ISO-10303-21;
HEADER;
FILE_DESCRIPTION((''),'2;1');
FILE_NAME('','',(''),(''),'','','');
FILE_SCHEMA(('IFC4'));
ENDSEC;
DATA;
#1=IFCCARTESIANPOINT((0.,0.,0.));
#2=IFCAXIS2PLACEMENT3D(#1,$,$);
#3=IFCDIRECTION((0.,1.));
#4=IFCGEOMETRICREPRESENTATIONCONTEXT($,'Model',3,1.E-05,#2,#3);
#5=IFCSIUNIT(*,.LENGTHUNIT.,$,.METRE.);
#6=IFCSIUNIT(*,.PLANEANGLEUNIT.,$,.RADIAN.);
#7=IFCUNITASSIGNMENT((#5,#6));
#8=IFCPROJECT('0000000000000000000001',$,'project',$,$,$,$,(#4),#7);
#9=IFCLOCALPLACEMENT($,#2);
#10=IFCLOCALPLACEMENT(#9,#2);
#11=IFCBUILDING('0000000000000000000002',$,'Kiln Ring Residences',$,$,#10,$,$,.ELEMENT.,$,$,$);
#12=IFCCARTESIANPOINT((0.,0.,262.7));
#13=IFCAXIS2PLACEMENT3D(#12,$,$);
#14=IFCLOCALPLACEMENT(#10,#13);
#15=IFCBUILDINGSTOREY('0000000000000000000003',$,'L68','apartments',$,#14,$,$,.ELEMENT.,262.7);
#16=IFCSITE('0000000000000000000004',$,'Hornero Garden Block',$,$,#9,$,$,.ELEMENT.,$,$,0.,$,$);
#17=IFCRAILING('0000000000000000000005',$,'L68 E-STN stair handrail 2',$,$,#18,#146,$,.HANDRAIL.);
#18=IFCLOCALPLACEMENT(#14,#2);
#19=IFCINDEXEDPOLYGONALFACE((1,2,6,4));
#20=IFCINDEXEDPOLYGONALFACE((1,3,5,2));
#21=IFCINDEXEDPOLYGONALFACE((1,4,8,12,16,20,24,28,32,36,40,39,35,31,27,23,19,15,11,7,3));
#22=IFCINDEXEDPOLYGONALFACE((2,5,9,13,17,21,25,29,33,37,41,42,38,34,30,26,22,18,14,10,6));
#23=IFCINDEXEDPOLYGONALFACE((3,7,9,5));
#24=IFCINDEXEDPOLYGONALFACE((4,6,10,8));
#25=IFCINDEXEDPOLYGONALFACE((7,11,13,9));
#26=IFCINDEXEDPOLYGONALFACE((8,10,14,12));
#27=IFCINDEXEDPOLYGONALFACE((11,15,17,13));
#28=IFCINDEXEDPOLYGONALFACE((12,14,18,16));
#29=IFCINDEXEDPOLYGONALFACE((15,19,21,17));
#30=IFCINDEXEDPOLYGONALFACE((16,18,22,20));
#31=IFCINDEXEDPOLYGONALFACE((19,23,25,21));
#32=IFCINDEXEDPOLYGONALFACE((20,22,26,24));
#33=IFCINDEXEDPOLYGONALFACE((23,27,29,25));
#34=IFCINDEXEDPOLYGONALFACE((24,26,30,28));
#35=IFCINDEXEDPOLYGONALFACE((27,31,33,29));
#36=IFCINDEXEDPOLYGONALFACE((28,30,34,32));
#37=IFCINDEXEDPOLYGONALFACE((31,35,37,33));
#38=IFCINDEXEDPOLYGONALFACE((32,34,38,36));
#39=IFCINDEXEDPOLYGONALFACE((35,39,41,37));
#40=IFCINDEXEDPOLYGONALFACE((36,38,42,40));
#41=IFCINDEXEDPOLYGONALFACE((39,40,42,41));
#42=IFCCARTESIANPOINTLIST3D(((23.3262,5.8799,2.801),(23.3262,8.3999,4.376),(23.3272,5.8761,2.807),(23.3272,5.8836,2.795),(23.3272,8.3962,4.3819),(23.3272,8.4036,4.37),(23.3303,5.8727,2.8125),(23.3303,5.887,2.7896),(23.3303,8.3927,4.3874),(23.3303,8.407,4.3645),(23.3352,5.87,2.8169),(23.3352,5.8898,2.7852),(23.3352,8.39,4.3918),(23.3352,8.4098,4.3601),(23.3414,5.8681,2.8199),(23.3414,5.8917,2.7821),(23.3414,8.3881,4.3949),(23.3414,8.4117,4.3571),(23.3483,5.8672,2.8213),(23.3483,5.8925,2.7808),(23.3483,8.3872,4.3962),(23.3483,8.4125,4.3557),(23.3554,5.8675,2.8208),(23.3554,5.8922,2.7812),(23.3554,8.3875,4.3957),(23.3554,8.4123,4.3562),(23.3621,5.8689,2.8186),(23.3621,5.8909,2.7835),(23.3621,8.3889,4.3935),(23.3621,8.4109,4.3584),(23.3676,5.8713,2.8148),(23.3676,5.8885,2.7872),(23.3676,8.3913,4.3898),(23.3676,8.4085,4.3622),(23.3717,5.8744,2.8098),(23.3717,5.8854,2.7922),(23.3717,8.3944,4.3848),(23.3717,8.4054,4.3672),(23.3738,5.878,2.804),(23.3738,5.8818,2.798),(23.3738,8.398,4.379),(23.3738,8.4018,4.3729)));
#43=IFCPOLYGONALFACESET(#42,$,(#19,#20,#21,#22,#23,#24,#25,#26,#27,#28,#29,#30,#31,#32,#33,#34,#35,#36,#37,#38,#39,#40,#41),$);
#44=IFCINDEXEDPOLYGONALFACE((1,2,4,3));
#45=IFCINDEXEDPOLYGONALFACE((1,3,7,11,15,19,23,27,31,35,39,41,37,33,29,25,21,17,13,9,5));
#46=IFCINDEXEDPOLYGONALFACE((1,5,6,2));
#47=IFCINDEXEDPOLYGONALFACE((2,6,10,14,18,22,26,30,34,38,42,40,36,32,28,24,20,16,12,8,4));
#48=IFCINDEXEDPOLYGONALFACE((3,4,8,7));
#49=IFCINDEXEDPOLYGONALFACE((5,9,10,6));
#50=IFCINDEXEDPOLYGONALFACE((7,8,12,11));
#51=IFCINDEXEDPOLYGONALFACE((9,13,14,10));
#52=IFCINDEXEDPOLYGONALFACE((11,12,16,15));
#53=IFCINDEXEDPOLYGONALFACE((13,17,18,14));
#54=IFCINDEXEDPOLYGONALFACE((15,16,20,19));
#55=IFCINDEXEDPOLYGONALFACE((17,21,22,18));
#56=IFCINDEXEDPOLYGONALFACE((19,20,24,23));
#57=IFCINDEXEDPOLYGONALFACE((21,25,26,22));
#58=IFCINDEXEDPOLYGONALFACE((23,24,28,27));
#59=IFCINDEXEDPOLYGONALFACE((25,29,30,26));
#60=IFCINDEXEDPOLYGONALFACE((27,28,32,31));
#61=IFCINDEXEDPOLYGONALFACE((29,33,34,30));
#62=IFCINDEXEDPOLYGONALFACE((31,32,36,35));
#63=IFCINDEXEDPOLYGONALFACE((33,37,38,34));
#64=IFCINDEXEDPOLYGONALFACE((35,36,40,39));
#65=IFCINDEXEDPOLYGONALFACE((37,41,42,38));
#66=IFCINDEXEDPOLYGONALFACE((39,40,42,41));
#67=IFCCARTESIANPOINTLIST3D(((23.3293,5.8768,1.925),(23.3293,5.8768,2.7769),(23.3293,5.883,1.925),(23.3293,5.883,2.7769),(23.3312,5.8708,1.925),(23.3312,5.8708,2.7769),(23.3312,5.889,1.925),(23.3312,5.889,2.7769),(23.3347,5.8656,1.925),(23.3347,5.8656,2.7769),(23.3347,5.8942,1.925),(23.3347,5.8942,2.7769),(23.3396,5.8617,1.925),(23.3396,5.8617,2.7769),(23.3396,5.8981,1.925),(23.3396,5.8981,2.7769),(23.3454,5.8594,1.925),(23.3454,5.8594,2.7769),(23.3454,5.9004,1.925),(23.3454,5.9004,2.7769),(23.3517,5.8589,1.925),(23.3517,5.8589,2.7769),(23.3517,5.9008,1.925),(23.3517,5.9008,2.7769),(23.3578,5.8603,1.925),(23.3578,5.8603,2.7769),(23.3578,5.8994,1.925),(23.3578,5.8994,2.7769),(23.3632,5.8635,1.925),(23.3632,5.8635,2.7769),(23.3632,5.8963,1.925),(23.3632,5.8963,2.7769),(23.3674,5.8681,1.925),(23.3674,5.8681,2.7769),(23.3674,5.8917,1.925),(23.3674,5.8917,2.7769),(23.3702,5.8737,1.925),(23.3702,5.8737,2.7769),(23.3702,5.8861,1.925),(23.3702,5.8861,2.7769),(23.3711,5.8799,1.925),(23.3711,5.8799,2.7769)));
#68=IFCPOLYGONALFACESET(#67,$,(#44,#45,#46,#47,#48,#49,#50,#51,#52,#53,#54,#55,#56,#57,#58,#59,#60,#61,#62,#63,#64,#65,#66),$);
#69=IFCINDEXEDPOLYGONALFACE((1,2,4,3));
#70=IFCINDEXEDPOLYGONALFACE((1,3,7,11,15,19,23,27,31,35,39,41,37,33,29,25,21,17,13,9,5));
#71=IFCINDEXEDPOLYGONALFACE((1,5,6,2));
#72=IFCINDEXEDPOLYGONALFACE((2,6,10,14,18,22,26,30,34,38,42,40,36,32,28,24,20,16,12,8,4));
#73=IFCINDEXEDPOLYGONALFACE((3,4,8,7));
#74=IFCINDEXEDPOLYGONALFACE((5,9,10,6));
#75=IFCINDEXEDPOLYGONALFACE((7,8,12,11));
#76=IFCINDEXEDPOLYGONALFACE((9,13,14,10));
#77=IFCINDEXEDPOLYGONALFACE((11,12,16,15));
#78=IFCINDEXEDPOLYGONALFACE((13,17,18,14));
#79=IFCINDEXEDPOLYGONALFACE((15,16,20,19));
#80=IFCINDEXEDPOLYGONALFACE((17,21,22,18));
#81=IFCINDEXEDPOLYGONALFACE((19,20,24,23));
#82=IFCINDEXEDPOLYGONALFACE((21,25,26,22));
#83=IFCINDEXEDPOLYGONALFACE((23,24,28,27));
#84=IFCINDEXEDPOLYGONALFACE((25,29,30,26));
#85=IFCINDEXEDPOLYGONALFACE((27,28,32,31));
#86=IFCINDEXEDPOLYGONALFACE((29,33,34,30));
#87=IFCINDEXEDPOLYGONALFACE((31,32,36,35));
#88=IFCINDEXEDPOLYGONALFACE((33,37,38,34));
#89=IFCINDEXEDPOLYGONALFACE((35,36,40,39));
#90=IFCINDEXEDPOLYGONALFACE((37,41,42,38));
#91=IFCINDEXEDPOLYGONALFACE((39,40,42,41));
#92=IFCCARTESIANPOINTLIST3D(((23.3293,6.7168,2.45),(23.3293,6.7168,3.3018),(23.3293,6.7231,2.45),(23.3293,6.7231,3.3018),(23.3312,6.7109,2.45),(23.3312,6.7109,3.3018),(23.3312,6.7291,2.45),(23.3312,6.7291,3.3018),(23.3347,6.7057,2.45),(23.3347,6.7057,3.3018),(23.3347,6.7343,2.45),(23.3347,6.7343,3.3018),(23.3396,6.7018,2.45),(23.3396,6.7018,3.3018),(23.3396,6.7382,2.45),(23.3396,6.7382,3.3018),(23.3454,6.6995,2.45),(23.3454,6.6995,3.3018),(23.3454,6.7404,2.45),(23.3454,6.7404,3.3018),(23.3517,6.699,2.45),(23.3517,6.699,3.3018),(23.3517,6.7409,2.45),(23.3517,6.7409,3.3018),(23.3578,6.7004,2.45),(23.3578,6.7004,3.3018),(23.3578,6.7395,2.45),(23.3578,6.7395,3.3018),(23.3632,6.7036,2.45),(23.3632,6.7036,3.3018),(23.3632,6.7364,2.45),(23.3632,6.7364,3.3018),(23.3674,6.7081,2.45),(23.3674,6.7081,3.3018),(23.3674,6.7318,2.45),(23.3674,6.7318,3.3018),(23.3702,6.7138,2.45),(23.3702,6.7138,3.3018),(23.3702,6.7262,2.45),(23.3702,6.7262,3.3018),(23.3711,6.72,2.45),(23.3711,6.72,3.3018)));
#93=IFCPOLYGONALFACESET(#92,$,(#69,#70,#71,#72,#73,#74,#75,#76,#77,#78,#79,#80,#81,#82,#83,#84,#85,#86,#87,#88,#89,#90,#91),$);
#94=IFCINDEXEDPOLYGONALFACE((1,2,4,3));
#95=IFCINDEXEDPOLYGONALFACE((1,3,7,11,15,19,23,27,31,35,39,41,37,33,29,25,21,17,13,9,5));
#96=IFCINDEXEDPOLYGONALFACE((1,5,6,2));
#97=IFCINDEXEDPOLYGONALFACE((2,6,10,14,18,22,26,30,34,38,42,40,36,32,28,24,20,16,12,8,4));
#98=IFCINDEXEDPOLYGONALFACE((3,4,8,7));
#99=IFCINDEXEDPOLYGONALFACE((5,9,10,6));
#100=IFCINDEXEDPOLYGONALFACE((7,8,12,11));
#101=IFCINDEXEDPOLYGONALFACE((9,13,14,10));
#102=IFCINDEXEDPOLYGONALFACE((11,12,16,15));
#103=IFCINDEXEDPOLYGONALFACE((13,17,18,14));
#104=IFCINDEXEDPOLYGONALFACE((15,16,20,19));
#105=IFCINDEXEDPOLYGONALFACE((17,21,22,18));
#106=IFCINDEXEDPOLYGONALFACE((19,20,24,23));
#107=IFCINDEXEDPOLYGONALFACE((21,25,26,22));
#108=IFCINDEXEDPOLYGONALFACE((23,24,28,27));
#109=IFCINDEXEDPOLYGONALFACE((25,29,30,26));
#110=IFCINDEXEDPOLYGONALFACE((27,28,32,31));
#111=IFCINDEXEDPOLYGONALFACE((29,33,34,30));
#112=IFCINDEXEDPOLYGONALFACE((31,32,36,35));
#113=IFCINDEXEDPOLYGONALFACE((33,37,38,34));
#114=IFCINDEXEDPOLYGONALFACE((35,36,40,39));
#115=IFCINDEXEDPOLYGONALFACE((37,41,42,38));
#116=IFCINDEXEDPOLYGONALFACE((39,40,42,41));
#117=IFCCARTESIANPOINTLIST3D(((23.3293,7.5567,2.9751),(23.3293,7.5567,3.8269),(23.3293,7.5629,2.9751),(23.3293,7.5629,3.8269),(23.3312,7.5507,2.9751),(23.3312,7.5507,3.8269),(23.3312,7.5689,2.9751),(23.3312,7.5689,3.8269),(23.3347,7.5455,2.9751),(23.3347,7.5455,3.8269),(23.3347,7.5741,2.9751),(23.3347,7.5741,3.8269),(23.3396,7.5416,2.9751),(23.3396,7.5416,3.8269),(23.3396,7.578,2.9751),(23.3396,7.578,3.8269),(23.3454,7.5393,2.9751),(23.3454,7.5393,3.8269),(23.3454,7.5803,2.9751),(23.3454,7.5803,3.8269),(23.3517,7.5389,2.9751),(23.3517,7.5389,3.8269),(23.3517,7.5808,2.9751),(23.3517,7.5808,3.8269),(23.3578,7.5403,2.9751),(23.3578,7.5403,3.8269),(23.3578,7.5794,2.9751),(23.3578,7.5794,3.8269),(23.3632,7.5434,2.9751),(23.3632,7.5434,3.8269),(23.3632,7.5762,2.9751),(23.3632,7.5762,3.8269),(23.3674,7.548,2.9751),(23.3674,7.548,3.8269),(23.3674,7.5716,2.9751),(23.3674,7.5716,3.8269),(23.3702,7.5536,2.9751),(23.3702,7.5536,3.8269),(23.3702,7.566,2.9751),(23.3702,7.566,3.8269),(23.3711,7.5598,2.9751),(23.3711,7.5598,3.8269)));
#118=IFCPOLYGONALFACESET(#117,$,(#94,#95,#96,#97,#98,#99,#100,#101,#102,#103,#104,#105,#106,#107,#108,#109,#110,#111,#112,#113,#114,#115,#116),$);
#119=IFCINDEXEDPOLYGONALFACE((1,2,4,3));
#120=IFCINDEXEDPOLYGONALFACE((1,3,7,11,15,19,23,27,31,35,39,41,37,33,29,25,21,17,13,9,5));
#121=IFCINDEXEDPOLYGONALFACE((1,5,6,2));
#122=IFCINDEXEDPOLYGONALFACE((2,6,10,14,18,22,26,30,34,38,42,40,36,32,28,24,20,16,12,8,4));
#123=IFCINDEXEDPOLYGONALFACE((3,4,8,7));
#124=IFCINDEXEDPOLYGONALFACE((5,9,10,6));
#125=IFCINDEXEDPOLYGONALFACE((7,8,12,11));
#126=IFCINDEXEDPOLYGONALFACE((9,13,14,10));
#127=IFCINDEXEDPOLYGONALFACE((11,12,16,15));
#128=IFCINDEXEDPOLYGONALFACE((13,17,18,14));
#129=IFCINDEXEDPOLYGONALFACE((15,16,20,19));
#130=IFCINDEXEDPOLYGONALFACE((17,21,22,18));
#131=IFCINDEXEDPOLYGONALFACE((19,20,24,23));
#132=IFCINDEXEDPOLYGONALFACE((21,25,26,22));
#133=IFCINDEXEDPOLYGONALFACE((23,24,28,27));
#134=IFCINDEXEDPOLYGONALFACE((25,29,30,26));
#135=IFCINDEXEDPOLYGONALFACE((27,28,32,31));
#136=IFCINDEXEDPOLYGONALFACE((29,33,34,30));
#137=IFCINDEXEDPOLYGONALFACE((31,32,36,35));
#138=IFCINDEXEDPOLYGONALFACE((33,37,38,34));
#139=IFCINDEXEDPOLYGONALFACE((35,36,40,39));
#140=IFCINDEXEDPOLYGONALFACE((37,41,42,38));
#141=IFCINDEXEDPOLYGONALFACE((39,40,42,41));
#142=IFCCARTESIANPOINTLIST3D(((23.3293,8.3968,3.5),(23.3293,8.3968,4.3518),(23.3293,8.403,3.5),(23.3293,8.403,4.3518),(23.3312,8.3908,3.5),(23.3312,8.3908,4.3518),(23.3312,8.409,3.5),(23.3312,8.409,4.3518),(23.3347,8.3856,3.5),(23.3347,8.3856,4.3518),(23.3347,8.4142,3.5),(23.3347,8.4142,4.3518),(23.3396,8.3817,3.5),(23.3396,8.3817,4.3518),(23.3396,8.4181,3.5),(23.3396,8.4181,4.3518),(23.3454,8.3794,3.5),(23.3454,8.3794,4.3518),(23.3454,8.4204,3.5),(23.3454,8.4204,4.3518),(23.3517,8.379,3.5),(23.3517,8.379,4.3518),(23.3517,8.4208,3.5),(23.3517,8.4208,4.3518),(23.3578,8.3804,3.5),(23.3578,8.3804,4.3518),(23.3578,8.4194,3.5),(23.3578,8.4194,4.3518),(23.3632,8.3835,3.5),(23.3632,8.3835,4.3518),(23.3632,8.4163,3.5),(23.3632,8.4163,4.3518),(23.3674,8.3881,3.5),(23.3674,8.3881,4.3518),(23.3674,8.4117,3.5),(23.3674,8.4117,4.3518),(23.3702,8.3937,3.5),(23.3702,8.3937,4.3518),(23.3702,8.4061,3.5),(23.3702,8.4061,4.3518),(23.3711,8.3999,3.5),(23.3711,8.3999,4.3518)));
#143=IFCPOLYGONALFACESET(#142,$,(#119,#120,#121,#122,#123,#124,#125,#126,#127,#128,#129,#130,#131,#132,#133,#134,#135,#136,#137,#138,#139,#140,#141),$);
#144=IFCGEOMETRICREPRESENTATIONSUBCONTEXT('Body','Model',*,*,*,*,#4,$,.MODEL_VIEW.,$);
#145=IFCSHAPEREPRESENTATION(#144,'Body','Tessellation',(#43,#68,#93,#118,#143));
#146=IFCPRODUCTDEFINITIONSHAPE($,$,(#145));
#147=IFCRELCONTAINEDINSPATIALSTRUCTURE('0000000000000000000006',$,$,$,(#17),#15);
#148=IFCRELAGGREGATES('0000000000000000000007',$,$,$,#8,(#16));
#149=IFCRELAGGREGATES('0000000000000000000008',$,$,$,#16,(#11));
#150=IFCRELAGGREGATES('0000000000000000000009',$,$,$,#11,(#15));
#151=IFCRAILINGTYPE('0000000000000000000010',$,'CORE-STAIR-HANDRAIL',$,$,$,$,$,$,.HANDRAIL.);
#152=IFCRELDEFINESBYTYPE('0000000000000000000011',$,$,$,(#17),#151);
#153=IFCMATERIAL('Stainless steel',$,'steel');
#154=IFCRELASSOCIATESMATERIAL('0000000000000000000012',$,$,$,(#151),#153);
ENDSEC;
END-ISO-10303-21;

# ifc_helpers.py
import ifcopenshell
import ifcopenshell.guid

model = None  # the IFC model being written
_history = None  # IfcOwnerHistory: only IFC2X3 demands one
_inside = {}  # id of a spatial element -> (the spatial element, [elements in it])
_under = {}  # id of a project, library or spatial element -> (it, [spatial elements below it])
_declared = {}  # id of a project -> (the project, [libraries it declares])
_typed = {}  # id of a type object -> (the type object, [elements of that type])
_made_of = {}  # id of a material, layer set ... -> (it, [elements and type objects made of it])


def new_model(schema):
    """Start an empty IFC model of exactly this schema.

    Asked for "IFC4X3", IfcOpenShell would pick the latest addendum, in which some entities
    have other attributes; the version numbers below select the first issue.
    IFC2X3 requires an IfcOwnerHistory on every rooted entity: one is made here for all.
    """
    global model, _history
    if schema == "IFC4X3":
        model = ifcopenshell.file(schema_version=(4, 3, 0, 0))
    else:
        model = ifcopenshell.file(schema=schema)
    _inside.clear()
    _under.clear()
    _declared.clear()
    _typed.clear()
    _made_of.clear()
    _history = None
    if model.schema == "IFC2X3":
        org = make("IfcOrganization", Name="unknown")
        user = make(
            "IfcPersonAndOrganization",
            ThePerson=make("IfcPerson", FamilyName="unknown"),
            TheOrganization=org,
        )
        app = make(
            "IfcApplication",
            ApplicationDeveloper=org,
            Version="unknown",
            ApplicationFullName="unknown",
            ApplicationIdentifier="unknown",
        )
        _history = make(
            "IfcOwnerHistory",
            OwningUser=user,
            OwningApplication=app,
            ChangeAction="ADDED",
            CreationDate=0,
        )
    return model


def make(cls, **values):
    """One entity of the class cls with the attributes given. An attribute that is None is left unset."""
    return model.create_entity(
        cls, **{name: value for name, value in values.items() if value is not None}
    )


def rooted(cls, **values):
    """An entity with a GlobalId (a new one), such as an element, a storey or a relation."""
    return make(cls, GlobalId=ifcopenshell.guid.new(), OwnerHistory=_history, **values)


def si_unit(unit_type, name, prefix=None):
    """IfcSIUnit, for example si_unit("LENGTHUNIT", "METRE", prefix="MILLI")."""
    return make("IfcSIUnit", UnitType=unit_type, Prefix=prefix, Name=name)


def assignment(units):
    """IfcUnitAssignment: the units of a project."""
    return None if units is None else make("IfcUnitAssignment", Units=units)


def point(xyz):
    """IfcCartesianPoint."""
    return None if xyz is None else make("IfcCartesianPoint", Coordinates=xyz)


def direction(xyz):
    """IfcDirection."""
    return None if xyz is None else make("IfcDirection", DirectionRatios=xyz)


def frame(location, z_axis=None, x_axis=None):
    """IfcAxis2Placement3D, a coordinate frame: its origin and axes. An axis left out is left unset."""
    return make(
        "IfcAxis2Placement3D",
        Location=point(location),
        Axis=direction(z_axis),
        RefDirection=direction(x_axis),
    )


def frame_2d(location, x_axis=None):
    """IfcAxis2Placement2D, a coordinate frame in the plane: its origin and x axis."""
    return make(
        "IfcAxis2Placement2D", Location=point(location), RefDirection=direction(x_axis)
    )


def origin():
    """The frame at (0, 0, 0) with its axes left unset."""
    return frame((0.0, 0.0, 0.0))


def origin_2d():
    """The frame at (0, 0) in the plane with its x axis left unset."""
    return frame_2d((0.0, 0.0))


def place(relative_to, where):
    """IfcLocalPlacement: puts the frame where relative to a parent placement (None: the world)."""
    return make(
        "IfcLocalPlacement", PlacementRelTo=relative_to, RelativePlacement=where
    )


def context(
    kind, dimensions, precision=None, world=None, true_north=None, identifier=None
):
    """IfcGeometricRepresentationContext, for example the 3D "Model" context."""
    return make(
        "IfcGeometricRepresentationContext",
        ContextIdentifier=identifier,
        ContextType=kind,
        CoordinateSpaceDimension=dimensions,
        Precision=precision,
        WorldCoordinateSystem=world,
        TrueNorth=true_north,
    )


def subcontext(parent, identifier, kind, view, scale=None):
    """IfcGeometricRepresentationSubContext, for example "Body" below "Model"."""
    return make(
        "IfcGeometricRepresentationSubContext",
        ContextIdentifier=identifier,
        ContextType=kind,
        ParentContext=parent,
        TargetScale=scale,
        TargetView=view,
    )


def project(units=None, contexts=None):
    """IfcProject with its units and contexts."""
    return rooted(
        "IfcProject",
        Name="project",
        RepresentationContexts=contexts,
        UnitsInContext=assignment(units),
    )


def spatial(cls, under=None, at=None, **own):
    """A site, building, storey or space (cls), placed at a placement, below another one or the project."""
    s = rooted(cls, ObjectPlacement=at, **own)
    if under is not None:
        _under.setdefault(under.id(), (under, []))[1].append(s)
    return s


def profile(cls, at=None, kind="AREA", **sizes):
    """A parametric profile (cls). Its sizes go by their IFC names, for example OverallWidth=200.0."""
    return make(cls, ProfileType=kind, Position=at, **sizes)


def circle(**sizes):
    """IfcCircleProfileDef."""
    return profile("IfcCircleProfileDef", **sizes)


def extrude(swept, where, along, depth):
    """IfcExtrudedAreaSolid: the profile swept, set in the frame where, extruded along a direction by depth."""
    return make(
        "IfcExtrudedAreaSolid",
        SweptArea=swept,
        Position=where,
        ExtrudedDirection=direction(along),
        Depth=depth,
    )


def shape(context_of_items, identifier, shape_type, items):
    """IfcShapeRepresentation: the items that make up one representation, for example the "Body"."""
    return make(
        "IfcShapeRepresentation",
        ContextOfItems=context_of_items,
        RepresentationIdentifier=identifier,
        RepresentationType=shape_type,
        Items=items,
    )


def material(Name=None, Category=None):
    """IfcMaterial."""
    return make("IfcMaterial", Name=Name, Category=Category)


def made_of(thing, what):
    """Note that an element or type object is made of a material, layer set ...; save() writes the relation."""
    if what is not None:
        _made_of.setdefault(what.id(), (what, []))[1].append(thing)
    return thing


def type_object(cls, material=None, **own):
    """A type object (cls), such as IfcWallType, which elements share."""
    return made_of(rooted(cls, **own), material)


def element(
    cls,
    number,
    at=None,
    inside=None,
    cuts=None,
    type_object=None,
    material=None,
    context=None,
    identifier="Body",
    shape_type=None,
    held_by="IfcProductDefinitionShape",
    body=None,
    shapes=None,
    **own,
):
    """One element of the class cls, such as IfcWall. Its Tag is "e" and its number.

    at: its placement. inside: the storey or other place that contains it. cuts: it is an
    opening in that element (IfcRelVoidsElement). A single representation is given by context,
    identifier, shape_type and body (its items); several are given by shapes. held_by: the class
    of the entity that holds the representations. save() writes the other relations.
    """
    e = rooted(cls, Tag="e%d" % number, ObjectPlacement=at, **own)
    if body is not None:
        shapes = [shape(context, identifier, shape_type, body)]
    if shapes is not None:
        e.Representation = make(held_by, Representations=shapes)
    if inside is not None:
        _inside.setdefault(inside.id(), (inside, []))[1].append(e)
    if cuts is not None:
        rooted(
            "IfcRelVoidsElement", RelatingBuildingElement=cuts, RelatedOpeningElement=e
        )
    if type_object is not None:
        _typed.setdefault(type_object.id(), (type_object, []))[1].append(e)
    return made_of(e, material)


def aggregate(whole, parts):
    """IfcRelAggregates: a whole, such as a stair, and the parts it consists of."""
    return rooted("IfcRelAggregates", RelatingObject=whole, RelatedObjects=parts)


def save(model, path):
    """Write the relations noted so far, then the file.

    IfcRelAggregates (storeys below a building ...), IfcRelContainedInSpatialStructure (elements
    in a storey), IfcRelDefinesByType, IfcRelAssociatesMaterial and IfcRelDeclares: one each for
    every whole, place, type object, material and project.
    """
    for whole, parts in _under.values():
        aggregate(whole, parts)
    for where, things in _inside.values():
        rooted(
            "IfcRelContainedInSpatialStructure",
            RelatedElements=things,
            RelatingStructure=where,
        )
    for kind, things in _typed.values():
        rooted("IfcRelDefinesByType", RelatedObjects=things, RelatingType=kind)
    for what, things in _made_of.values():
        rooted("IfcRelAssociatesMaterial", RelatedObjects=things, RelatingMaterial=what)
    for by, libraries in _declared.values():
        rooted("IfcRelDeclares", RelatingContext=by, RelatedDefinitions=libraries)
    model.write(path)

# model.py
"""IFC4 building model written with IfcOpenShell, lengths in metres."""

from ifc_helpers import new_model, si_unit, direction, frame, origin, origin_2d, place, context, subcontext, project, spatial, circle, extrude, material, type_object, element, save


model = new_model("IFC4")

# Units and contexts
model_context = context("Model", 3, precision=1e-05, world=origin(), true_north=direction((0.0, 1.0)))
body_context = subcontext(model_context, "Body", "Model", "MODEL_VIEW")
ifc_project = project(units=[si_unit("LENGTHUNIT", "METRE"), si_unit("PLANEANGLEUNIT", "RADIAN")], contexts=[model_context])

# Site, building, storey
site_placement = place(None, origin())
site = spatial("IfcSite", under=ifc_project, at=site_placement, Name="Hornero Garden Block", CompositionType="ELEMENT", RefElevation=0.0)
building_placement = place(site_placement, origin())
building = spatial("IfcBuilding", under=site, at=building_placement, Name="Kiln Ring Residences", CompositionType="ELEMENT")
storey_placement = place(building_placement, frame((0.0, 0.0, 262.7)))
storey = spatial("IfcBuildingStorey", under=building, at=storey_placement, Name="L68", Description="apartments", CompositionType="ELEMENT", Elevation=262.7)

# Railing
ifc_material_1 = material(Name="Stainless steel", Category="steel")
railing_type_1 = type_object("IfcRailingType", Name="CORE-STAIR-HANDRAIL", PredefinedType="HANDRAIL", material=ifc_material_1)
railing_1_placement = place(storey_placement, frame((23.3501, 5.8799, 1.925)))
element("IfcRailing", 1, at=railing_1_placement, inside=storey, type_object=railing_type_1, Name="L68 E-STN stair handrail 2", PredefinedType="HANDRAIL", context=body_context, shape_type="SweptSolid", body=[
    extrude(circle(Radius=0.0239, at=origin_2d()), frame((0.0, 0.0, 0.876), z_axis=(0.0, 0.848008, 0.529984), x_axis=(-1.0, 0.0, 0.0)), (0.0, 0.0, 1.0), 2.9717),
    extrude(circle(Radius=0.021, at=origin_2d()), origin(), (0.0, 0.0, 1.0), 0.8518),
    extrude(circle(Radius=0.021, at=origin_2d()), frame((0.0, 0.8401, 0.5249)), (0.0, 0.0, 1.0), 0.8518),
    extrude(circle(Radius=0.021, at=origin_2d()), frame((0.0, 1.6799, 1.05)), (0.0, 0.0, 1.0), 0.8518),
    extrude(circle(Radius=0.021, at=origin_2d()), frame((0.0, 2.52, 1.575)), (0.0, 0.0, 1.0), 0.8518),
])

save(model, "model.ifc")
